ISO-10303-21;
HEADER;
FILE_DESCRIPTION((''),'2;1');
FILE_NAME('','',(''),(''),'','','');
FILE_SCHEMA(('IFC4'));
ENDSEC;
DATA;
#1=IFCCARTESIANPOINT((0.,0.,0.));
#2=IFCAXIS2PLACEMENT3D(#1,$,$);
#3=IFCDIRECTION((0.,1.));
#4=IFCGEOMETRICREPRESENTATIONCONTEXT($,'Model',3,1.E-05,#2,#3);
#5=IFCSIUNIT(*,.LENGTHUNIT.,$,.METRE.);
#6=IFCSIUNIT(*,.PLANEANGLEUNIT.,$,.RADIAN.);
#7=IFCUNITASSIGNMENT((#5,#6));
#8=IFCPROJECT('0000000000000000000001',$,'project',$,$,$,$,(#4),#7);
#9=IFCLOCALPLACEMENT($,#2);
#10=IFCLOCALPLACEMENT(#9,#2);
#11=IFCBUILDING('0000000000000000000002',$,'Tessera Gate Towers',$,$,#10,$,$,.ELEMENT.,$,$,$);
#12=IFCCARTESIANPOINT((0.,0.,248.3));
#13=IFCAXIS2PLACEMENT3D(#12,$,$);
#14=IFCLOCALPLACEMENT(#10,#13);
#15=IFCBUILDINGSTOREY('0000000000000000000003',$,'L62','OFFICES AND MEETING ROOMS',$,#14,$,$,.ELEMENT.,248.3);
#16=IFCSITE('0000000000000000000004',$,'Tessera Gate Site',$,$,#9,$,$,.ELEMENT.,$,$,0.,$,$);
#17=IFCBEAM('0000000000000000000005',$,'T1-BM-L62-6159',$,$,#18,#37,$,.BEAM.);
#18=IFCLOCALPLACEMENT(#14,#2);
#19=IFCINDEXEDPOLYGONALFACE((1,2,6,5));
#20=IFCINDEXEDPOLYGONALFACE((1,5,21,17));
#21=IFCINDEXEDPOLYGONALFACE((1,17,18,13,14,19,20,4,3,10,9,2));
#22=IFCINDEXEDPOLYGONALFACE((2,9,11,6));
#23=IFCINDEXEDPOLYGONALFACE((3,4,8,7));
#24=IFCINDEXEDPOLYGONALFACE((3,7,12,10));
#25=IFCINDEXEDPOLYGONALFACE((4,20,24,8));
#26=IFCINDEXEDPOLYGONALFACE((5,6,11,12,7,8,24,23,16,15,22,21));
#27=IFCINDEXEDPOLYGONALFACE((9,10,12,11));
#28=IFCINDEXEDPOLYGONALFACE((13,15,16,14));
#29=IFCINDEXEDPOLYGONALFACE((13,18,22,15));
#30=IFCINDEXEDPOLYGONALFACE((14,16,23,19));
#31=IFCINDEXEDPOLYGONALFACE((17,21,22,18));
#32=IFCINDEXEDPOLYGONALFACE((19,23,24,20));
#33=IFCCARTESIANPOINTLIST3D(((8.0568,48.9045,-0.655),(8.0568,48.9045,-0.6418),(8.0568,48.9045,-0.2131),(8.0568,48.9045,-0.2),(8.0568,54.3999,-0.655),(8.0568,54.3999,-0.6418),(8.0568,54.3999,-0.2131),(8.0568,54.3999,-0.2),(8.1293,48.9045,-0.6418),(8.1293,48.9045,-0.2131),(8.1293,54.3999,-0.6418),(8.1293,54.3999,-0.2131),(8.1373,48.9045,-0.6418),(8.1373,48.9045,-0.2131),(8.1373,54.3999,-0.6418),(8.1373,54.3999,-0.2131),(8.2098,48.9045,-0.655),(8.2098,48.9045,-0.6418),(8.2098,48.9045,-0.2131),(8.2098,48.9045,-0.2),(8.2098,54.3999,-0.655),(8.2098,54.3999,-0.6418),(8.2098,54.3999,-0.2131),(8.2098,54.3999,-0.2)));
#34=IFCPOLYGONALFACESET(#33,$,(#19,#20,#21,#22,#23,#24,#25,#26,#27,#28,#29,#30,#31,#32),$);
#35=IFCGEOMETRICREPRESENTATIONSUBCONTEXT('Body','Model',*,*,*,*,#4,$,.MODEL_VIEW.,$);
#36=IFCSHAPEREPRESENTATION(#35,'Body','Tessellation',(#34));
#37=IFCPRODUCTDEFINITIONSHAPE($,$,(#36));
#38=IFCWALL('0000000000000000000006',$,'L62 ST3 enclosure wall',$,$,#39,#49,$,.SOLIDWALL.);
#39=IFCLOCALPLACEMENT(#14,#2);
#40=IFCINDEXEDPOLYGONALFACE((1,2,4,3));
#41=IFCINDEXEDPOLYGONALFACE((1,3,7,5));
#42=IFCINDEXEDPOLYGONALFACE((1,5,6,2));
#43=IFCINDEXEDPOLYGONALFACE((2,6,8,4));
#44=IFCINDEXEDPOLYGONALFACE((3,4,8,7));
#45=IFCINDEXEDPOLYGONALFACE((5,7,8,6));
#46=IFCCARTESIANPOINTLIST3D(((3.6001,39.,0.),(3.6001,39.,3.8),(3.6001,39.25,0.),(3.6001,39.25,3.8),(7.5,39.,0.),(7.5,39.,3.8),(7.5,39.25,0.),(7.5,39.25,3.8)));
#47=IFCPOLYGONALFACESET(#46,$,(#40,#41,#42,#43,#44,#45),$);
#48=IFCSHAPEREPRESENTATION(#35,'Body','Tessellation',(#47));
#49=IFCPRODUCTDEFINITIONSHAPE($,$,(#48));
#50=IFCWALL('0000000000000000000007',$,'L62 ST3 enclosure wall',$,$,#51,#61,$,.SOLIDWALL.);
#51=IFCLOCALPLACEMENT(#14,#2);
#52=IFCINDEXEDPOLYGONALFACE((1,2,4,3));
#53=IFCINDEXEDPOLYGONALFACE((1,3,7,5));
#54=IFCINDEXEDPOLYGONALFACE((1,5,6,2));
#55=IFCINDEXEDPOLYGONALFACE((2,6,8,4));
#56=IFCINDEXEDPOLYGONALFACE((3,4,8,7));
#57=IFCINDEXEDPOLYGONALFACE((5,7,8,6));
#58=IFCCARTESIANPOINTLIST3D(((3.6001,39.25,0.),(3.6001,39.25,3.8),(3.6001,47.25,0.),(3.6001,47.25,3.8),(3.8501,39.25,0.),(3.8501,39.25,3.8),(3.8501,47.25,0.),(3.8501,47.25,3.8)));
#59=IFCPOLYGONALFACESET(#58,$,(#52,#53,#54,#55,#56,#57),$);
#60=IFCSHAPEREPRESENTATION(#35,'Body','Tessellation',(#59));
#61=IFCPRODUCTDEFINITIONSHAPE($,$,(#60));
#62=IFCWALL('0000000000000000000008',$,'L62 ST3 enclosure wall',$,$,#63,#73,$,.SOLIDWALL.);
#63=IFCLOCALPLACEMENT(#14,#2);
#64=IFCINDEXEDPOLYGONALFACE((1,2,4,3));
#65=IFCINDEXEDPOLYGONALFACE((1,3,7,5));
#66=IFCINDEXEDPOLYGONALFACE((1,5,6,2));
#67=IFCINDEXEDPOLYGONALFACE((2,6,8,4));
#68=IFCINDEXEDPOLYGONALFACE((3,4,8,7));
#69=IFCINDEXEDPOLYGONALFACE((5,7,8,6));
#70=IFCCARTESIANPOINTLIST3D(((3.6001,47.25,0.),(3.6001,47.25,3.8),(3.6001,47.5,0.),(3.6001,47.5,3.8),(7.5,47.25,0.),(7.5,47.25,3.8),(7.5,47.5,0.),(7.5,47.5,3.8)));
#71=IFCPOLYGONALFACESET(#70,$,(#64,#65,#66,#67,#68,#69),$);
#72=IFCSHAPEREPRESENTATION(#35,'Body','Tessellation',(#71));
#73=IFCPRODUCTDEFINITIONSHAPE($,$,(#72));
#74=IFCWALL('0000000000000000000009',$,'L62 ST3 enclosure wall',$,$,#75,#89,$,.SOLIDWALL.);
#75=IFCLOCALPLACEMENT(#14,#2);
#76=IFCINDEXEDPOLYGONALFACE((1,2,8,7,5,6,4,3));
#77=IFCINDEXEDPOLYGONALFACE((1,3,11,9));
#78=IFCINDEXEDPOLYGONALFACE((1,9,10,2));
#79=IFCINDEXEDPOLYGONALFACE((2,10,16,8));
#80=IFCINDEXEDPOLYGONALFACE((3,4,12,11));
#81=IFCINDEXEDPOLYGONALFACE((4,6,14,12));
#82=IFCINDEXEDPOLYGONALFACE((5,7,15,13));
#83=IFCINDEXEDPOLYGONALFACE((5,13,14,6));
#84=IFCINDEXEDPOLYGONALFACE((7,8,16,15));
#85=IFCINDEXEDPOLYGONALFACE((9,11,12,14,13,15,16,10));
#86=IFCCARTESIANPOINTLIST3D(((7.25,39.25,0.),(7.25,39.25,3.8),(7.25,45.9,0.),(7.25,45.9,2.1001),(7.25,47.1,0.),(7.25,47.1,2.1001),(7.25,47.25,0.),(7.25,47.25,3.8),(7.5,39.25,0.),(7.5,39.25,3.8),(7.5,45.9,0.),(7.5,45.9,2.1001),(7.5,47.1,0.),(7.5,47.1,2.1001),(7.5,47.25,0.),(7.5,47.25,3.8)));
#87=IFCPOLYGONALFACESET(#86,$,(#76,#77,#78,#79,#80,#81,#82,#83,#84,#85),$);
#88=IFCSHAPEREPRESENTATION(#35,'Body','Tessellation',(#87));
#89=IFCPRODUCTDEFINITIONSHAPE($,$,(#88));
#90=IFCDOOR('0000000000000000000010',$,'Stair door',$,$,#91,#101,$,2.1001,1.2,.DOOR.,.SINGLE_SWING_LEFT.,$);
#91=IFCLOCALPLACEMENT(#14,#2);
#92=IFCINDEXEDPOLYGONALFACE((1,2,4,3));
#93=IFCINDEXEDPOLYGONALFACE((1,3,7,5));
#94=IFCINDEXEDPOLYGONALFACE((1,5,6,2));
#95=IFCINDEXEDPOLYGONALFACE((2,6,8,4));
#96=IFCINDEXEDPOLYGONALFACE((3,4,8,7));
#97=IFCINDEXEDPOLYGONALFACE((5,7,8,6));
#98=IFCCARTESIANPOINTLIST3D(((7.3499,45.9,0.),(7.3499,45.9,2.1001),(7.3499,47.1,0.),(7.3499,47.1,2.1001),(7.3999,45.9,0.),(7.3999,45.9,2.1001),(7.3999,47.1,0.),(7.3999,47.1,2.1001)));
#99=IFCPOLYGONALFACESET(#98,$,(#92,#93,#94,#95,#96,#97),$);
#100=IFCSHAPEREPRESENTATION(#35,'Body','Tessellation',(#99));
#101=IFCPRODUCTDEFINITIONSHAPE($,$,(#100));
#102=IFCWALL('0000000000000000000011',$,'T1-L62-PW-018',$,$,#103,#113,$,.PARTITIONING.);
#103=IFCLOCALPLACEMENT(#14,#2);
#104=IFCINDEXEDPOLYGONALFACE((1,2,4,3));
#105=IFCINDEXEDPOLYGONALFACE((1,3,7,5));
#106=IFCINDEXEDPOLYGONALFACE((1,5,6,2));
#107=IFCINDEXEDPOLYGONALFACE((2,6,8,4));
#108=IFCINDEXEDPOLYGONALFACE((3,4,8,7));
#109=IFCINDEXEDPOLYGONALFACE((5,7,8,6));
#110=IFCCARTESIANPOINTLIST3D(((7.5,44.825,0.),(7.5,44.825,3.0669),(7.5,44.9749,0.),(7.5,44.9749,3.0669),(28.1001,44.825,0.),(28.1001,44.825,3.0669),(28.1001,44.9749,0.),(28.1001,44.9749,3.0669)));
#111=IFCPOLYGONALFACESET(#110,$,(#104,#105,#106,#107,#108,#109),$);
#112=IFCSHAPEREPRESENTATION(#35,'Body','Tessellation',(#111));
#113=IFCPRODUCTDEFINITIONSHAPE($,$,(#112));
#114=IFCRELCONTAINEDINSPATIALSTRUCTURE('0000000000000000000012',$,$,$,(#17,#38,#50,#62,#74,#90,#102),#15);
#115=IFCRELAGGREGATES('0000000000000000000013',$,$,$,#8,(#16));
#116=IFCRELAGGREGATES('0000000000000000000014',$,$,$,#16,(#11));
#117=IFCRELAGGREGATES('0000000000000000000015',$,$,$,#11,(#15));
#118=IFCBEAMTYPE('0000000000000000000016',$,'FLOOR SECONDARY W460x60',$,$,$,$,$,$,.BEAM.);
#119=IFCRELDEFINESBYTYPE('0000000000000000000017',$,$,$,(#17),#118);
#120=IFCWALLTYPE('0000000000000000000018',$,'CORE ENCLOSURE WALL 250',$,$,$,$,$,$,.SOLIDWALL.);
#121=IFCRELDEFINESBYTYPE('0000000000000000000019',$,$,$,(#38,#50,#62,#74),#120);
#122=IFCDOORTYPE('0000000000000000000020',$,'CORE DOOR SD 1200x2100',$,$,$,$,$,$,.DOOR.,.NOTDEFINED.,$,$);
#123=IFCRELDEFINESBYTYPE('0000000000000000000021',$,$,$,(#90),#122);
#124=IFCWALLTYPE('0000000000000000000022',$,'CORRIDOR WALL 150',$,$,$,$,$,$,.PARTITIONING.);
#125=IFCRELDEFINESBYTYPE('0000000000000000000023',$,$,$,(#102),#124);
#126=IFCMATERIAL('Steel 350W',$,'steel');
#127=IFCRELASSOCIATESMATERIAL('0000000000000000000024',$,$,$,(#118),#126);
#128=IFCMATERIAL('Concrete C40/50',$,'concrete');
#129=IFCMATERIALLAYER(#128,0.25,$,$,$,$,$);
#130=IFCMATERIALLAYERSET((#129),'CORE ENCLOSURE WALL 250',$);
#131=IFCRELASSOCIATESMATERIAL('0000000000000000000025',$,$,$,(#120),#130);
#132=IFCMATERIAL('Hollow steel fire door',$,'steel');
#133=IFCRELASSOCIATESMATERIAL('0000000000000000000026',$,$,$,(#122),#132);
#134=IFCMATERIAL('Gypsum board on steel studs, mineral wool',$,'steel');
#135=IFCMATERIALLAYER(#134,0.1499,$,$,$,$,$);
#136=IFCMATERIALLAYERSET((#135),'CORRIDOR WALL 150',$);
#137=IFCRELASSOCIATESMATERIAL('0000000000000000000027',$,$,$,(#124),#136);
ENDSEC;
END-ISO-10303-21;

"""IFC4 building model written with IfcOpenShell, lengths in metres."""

from ifc_helpers import new_model, si_unit, direction, frame, frame_2d, origin, origin_2d, place, context, subcontext, project, spatial, rectangle, i_section, extrude, source, transform, mapped, material, layer, layer_set, material_profile, profile_set, type_object, element, fill, save


model = new_model("IFC4")

# Units and contexts
model_context = context("Model", 3, precision=1e-05, world=origin(), true_north=direction((0.0, 1.0)))
body_context = subcontext(model_context, "Body", "Model", "MODEL_VIEW")
ifc_project = project(units=[si_unit("LENGTHUNIT", "METRE"), si_unit("PLANEANGLEUNIT", "RADIAN")], contexts=[model_context])

# Site, building, storey
site_placement = place(None, origin())
site = spatial("IfcSite", under=ifc_project, at=site_placement, Name="Tessera Gate Site", CompositionType="ELEMENT", RefElevation=0.0)
building_placement = place(site_placement, origin())
building = spatial("IfcBuilding", under=site, at=building_placement, Name="Tessera Gate Towers", CompositionType="ELEMENT")
storey_placement = place(building_placement, frame((0.0, 0.0, 248.3)))
storey = spatial("IfcBuildingStorey", under=building, at=storey_placement, Name="L62", Description="OFFICES AND MEETING ROOMS", CompositionType="ELEMENT", Elevation=248.3)

# Beam
ifc_material_1 = material(Name="Steel 350W", Category="steel")
ifc_material_profile_1 = material_profile(ifc_material_1, i_section(OverallWidth=0.1531, OverallDepth=0.4551, WebThickness=0.0081, FlangeThickness=0.0132, at=origin_2d()), Name="W460x60")
ifc_profile_set_1 = profile_set([ifc_material_profile_1], Name="Steel 350W")
beam_type_1 = type_object("IfcBeamType", Name="FLOOR SECONDARY W460x60", PredefinedType="BEAM", material=ifc_profile_set_1)
beam_1_placement = place(storey_placement, frame((8.1333, 48.9045, -0.4275), z_axis=(0.0, 1.0, 0.0), x_axis=(-1.0, 0.0, 0.0)))
element("IfcBeam", 1, at=beam_1_placement, inside=storey, type_object=beam_type_1, Name="T1-BM-L62-6159", PredefinedType="BEAM", context=body_context, shape_type="SweptSolid", body=[
    extrude(i_section(OverallWidth=0.1531, OverallDepth=0.4551, WebThickness=0.0081, FlangeThickness=0.0132, at=origin_2d()), origin(), (0.0, 0.0, 1.0), 5.4954),
])

# Walls
ifc_material_2 = material(Name="Concrete C40/50", Category="concrete")
ifc_layer_1 = layer(ifc_material_2, 0.25)
ifc_layer_set_1 = layer_set([ifc_layer_1], Name="CORE ENCLOSURE WALL 250")
wall_type_1 = type_object("IfcWallType", Name="CORE ENCLOSURE WALL 250", PredefinedType="SOLIDWALL", material=ifc_layer_set_1)
wall_1_placement = place(storey_placement, frame((7.5, 39.125, 0.0), z_axis=(0.0, 0.0, 1.0), x_axis=(-1.0, 0.0, 0.0)))
element("IfcWall", 2, at=wall_1_placement, inside=storey, type_object=wall_type_1, Name="L62 ST3 enclosure wall", PredefinedType="SOLIDWALL", context=body_context, shape_type="SweptSolid", body=[
    extrude(rectangle(XDim=3.8999, YDim=0.25, at=frame_2d((1.95, 0.0))), origin(), (0.0, 0.0, 1.0), 3.8),
])
wall_2_placement = place(storey_placement, frame((3.7251, 39.25, 0.0), z_axis=(0.0, 0.0, 1.0), x_axis=(0.0, 1.0, 0.0)))
element("IfcWall", 3, at=wall_2_placement, inside=storey, type_object=wall_type_1, Name="L62 ST3 enclosure wall", PredefinedType="SOLIDWALL", context=body_context, shape_type="SweptSolid", body=[
    extrude(rectangle(XDim=8.0, YDim=0.25, at=frame_2d((4.0, 0.0))), origin(), (0.0, 0.0, 1.0), 3.8),
])
wall_3_placement = place(storey_placement, frame((3.6001, 47.375, 0.0), z_axis=(0.0, 0.0, 1.0), x_axis=(1.0, 0.0, 0.0)))
element("IfcWall", 4, at=wall_3_placement, inside=storey, type_object=wall_type_1, Name="L62 ST3 enclosure wall", PredefinedType="SOLIDWALL", context=body_context, shape_type="SweptSolid", body=[
    extrude(rectangle(XDim=3.8999, YDim=0.25, at=frame_2d((1.95, 0.0))), origin(), (0.0, 0.0, 1.0), 3.8),
])

# Wall, opening, door
wall_4_placement = place(storey_placement, frame((7.375, 47.25, 0.0), z_axis=(0.0, 0.0, 1.0), x_axis=(0.0, -1.0, 0.0)))
wall_4 = element("IfcWall", 5, at=wall_4_placement, inside=storey, type_object=wall_type_1, Name="L62 ST3 enclosure wall", PredefinedType="SOLIDWALL", context=body_context, shape_type="SweptSolid", body=[
    extrude(rectangle(XDim=8.0, YDim=0.25, at=frame_2d((4.0, 0.0))), origin(), (0.0, 0.0, 1.0), 3.8),
])
shared_shape_1 = source(origin(), body_context, "Body", "SweptSolid", [
    extrude(rectangle(XDim=1.2, YDim=2.1001, at=frame_2d((0.6001, 1.05))), frame((0.0, 0.135, 0.0), z_axis=(0.0, -1.0, 0.0), x_axis=(1.0, 0.0, 0.0)), (0.0, 0.0, 1.0), 0.27),
])
opening_1_placement = place(wall_4_placement, frame((0.1499, 0.0, 0.0)))
opening_1 = element("IfcOpeningElement", 6, at=opening_1_placement, cuts=wall_4, PredefinedType="OPENING", context=body_context, shape_type="MappedRepresentation", body=[
    mapped(shared_shape_1, transform((0.0, 0.0, 0.0), scale=1.0)),
])
ifc_material_3 = material(Name="Hollow steel fire door", Category="steel")
door_type_1 = type_object("IfcDoorType", Name="CORE DOOR SD 1200x2100", OperationType="NOTDEFINED", PredefinedType="DOOR", material=ifc_material_3)
shared_shape_2 = source(origin(), body_context, "Body", "SweptSolid", [
    extrude(rectangle(XDim=1.2, YDim=2.1001, at=frame_2d((0.6001, 1.05))), frame((0.0, 0.0249, 0.0), z_axis=(0.0, -1.0, 0.0), x_axis=(1.0, 0.0, 0.0)), (0.0, 0.0, 1.0), 0.05),
])
door_1_placement = place(opening_1_placement, origin())
door_1 = element("IfcDoor", 7, at=door_1_placement, inside=storey, type_object=door_type_1, Name="Stair door", OperationType="SINGLE_SWING_LEFT", OverallHeight=2.1001, OverallWidth=1.2, PredefinedType="DOOR", context=body_context, shape_type="MappedRepresentation", body=[
    mapped(shared_shape_2, transform((0.0, 0.0, 0.0), scale=1.0)),
])
fill(opening_1, door_1)

# Wall
ifc_material_4 = material(Name="Gypsum board on steel studs, mineral wool", Category="steel")
ifc_layer_2 = layer(ifc_material_4, 0.1499)
ifc_layer_set_2 = layer_set([ifc_layer_2], Name="CORRIDOR WALL 150")
wall_type_2 = type_object("IfcWallType", Name="CORRIDOR WALL 150", PredefinedType="PARTITIONING", material=ifc_layer_set_2)
wall_5_placement = place(storey_placement, frame((7.5, 44.8999, 0.0), z_axis=(0.0, 0.0, 1.0), x_axis=(1.0, 0.0, 0.0)))
element("IfcWall", 8, at=wall_5_placement, inside=storey, type_object=wall_type_2, Name="T1-L62-PW-018", PredefinedType="PARTITIONING", context=body_context, shape_type="SweptSolid", body=[
    extrude(rectangle(XDim=20.6001, YDim=0.1499, at=frame_2d((10.3, 0.0))), origin(), (0.0, 0.0, 1.0), 3.0669),
])

save(model, "model.ifc")
